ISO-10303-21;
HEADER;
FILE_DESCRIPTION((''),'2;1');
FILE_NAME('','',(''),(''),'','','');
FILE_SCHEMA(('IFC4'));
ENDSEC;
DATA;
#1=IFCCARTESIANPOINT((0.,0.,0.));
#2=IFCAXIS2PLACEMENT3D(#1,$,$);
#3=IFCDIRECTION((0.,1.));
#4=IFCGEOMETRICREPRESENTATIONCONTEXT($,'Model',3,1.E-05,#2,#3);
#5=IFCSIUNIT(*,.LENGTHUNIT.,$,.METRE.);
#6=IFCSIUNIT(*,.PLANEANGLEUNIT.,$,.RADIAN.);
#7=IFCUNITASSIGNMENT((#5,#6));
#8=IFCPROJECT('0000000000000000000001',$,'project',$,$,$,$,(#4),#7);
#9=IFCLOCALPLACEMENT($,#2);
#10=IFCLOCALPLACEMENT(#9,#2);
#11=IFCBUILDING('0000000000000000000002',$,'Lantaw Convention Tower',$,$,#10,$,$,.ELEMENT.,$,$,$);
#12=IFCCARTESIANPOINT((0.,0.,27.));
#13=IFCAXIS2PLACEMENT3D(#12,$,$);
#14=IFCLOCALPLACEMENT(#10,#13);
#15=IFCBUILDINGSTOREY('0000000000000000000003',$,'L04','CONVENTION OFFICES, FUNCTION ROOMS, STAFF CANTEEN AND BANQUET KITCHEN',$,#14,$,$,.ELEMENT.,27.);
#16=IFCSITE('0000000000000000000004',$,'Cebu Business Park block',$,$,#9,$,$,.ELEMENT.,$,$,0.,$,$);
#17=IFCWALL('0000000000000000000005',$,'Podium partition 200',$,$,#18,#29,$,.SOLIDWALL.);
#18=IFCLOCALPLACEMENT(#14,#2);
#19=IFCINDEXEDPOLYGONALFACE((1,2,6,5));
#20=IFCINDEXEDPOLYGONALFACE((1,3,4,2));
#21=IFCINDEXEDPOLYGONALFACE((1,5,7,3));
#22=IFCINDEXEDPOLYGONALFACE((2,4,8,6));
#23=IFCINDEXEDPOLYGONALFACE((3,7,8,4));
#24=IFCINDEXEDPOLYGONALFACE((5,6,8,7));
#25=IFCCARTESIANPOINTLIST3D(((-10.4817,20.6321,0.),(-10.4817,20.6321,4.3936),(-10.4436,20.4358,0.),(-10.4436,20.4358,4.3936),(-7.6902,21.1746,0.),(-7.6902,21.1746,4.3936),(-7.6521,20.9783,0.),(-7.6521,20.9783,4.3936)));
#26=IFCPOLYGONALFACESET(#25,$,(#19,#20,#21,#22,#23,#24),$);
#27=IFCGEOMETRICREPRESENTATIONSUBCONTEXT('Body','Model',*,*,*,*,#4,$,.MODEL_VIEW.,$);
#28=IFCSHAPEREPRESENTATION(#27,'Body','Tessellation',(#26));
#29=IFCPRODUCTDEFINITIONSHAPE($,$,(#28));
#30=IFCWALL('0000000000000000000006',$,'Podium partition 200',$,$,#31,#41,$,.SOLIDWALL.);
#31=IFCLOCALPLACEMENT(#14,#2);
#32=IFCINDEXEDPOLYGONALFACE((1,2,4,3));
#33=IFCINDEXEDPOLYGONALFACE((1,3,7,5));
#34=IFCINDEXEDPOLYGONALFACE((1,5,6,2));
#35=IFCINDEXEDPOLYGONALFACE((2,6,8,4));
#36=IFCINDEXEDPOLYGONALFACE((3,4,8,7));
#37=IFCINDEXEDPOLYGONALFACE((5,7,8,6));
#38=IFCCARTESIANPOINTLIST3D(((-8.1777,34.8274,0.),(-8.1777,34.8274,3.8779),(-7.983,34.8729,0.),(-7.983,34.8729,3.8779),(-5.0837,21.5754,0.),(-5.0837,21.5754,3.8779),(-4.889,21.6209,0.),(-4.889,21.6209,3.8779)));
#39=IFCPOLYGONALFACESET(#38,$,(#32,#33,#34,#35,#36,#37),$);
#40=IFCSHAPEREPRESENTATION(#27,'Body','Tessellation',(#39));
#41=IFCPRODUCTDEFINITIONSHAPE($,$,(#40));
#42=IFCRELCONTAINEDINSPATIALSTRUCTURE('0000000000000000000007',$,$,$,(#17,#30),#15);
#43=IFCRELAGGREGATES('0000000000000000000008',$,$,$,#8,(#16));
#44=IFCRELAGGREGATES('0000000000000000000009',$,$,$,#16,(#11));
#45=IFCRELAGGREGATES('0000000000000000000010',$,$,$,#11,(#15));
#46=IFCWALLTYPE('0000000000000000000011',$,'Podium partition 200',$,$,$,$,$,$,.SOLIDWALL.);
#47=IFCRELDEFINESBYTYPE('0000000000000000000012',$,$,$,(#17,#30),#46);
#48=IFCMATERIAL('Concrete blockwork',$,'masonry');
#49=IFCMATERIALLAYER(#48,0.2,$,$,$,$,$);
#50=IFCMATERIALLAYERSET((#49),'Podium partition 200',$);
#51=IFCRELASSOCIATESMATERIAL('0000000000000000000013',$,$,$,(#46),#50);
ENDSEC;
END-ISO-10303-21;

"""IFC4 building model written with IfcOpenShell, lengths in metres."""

from ifc_helpers import new_model, si_unit, direction, frame, frame_2d, origin, place, context, subcontext, project, spatial, rectangle, extrude, material, layer, layer_set, type_object, element, save


model = new_model("IFC4")

# Units and contexts
model_context = context("Model", 3, precision=1e-05, world=origin(), true_north=direction((0.0, 1.0)))
body_context = subcontext(model_context, "Body", "Model", "MODEL_VIEW")
ifc_project = project(units=[si_unit("LENGTHUNIT", "METRE"), si_unit("PLANEANGLEUNIT", "RADIAN")], contexts=[model_context])

# Site, building, storey
site_placement = place(None, origin())
site = spatial("IfcSite", under=ifc_project, at=site_placement, Name="Cebu Business Park block", CompositionType="ELEMENT", RefElevation=0.0)
building_placement = place(site_placement, origin())
building = spatial("IfcBuilding", under=site, at=building_placement, Name="Lantaw Convention Tower", CompositionType="ELEMENT")
storey_placement = place(building_placement, frame((0.0, 0.0, 27.0)))
storey = spatial("IfcBuildingStorey", under=building, at=storey_placement, Name="L04", Description="CONVENTION OFFICES, FUNCTION ROOMS, STAFF CANTEEN AND BANQUET KITCHEN", CompositionType="ELEMENT", Elevation=27.0)

# Wall
ifc_material_1 = material(Name="Concrete blockwork", Category="masonry")
ifc_layer = layer(ifc_material_1, 0.2)
ifc_layer_set = layer_set([ifc_layer], Name="Podium partition 200")
wall_type = type_object("IfcWallType", Name="Podium partition 200", PredefinedType="SOLIDWALL", material=ifc_layer_set)
wall_1_placement = place(storey_placement, frame((-7.6711, 21.0764, 0.0), z_axis=(0.0, 0.0, 1.0), x_axis=(-0.981636, -0.190764, 0.0)))
element("IfcWall", 1, at=wall_1_placement, inside=storey, type_object=wall_type, Name="Podium partition 200", PredefinedType="SOLIDWALL", context=body_context, shape_type="SweptSolid", body=[
    extrude(rectangle(XDim=2.8438, YDim=0.2, at=frame_2d((1.4219, 0.0))), origin(), (0.0, 0.0, 1.0), 4.3936),
])

# Wall
wall_2_placement = place(storey_placement, frame((-4.9863, 21.5981, 0.0), z_axis=(0.0, 0.0, 1.0), x_axis=(-0.22736, 0.973811, 0.0)))
element("IfcWall", 2, at=wall_2_placement, inside=storey, type_object=wall_type, Name="Podium partition 200", PredefinedType="SOLIDWALL", context=body_context, shape_type="SweptSolid", body=[
    extrude(rectangle(XDim=13.6084, YDim=0.2, at=frame_2d((6.8042, 0.0))), origin(), (0.0, 0.0, 1.0), 3.8779),
])

save(model, "model.ifc")
